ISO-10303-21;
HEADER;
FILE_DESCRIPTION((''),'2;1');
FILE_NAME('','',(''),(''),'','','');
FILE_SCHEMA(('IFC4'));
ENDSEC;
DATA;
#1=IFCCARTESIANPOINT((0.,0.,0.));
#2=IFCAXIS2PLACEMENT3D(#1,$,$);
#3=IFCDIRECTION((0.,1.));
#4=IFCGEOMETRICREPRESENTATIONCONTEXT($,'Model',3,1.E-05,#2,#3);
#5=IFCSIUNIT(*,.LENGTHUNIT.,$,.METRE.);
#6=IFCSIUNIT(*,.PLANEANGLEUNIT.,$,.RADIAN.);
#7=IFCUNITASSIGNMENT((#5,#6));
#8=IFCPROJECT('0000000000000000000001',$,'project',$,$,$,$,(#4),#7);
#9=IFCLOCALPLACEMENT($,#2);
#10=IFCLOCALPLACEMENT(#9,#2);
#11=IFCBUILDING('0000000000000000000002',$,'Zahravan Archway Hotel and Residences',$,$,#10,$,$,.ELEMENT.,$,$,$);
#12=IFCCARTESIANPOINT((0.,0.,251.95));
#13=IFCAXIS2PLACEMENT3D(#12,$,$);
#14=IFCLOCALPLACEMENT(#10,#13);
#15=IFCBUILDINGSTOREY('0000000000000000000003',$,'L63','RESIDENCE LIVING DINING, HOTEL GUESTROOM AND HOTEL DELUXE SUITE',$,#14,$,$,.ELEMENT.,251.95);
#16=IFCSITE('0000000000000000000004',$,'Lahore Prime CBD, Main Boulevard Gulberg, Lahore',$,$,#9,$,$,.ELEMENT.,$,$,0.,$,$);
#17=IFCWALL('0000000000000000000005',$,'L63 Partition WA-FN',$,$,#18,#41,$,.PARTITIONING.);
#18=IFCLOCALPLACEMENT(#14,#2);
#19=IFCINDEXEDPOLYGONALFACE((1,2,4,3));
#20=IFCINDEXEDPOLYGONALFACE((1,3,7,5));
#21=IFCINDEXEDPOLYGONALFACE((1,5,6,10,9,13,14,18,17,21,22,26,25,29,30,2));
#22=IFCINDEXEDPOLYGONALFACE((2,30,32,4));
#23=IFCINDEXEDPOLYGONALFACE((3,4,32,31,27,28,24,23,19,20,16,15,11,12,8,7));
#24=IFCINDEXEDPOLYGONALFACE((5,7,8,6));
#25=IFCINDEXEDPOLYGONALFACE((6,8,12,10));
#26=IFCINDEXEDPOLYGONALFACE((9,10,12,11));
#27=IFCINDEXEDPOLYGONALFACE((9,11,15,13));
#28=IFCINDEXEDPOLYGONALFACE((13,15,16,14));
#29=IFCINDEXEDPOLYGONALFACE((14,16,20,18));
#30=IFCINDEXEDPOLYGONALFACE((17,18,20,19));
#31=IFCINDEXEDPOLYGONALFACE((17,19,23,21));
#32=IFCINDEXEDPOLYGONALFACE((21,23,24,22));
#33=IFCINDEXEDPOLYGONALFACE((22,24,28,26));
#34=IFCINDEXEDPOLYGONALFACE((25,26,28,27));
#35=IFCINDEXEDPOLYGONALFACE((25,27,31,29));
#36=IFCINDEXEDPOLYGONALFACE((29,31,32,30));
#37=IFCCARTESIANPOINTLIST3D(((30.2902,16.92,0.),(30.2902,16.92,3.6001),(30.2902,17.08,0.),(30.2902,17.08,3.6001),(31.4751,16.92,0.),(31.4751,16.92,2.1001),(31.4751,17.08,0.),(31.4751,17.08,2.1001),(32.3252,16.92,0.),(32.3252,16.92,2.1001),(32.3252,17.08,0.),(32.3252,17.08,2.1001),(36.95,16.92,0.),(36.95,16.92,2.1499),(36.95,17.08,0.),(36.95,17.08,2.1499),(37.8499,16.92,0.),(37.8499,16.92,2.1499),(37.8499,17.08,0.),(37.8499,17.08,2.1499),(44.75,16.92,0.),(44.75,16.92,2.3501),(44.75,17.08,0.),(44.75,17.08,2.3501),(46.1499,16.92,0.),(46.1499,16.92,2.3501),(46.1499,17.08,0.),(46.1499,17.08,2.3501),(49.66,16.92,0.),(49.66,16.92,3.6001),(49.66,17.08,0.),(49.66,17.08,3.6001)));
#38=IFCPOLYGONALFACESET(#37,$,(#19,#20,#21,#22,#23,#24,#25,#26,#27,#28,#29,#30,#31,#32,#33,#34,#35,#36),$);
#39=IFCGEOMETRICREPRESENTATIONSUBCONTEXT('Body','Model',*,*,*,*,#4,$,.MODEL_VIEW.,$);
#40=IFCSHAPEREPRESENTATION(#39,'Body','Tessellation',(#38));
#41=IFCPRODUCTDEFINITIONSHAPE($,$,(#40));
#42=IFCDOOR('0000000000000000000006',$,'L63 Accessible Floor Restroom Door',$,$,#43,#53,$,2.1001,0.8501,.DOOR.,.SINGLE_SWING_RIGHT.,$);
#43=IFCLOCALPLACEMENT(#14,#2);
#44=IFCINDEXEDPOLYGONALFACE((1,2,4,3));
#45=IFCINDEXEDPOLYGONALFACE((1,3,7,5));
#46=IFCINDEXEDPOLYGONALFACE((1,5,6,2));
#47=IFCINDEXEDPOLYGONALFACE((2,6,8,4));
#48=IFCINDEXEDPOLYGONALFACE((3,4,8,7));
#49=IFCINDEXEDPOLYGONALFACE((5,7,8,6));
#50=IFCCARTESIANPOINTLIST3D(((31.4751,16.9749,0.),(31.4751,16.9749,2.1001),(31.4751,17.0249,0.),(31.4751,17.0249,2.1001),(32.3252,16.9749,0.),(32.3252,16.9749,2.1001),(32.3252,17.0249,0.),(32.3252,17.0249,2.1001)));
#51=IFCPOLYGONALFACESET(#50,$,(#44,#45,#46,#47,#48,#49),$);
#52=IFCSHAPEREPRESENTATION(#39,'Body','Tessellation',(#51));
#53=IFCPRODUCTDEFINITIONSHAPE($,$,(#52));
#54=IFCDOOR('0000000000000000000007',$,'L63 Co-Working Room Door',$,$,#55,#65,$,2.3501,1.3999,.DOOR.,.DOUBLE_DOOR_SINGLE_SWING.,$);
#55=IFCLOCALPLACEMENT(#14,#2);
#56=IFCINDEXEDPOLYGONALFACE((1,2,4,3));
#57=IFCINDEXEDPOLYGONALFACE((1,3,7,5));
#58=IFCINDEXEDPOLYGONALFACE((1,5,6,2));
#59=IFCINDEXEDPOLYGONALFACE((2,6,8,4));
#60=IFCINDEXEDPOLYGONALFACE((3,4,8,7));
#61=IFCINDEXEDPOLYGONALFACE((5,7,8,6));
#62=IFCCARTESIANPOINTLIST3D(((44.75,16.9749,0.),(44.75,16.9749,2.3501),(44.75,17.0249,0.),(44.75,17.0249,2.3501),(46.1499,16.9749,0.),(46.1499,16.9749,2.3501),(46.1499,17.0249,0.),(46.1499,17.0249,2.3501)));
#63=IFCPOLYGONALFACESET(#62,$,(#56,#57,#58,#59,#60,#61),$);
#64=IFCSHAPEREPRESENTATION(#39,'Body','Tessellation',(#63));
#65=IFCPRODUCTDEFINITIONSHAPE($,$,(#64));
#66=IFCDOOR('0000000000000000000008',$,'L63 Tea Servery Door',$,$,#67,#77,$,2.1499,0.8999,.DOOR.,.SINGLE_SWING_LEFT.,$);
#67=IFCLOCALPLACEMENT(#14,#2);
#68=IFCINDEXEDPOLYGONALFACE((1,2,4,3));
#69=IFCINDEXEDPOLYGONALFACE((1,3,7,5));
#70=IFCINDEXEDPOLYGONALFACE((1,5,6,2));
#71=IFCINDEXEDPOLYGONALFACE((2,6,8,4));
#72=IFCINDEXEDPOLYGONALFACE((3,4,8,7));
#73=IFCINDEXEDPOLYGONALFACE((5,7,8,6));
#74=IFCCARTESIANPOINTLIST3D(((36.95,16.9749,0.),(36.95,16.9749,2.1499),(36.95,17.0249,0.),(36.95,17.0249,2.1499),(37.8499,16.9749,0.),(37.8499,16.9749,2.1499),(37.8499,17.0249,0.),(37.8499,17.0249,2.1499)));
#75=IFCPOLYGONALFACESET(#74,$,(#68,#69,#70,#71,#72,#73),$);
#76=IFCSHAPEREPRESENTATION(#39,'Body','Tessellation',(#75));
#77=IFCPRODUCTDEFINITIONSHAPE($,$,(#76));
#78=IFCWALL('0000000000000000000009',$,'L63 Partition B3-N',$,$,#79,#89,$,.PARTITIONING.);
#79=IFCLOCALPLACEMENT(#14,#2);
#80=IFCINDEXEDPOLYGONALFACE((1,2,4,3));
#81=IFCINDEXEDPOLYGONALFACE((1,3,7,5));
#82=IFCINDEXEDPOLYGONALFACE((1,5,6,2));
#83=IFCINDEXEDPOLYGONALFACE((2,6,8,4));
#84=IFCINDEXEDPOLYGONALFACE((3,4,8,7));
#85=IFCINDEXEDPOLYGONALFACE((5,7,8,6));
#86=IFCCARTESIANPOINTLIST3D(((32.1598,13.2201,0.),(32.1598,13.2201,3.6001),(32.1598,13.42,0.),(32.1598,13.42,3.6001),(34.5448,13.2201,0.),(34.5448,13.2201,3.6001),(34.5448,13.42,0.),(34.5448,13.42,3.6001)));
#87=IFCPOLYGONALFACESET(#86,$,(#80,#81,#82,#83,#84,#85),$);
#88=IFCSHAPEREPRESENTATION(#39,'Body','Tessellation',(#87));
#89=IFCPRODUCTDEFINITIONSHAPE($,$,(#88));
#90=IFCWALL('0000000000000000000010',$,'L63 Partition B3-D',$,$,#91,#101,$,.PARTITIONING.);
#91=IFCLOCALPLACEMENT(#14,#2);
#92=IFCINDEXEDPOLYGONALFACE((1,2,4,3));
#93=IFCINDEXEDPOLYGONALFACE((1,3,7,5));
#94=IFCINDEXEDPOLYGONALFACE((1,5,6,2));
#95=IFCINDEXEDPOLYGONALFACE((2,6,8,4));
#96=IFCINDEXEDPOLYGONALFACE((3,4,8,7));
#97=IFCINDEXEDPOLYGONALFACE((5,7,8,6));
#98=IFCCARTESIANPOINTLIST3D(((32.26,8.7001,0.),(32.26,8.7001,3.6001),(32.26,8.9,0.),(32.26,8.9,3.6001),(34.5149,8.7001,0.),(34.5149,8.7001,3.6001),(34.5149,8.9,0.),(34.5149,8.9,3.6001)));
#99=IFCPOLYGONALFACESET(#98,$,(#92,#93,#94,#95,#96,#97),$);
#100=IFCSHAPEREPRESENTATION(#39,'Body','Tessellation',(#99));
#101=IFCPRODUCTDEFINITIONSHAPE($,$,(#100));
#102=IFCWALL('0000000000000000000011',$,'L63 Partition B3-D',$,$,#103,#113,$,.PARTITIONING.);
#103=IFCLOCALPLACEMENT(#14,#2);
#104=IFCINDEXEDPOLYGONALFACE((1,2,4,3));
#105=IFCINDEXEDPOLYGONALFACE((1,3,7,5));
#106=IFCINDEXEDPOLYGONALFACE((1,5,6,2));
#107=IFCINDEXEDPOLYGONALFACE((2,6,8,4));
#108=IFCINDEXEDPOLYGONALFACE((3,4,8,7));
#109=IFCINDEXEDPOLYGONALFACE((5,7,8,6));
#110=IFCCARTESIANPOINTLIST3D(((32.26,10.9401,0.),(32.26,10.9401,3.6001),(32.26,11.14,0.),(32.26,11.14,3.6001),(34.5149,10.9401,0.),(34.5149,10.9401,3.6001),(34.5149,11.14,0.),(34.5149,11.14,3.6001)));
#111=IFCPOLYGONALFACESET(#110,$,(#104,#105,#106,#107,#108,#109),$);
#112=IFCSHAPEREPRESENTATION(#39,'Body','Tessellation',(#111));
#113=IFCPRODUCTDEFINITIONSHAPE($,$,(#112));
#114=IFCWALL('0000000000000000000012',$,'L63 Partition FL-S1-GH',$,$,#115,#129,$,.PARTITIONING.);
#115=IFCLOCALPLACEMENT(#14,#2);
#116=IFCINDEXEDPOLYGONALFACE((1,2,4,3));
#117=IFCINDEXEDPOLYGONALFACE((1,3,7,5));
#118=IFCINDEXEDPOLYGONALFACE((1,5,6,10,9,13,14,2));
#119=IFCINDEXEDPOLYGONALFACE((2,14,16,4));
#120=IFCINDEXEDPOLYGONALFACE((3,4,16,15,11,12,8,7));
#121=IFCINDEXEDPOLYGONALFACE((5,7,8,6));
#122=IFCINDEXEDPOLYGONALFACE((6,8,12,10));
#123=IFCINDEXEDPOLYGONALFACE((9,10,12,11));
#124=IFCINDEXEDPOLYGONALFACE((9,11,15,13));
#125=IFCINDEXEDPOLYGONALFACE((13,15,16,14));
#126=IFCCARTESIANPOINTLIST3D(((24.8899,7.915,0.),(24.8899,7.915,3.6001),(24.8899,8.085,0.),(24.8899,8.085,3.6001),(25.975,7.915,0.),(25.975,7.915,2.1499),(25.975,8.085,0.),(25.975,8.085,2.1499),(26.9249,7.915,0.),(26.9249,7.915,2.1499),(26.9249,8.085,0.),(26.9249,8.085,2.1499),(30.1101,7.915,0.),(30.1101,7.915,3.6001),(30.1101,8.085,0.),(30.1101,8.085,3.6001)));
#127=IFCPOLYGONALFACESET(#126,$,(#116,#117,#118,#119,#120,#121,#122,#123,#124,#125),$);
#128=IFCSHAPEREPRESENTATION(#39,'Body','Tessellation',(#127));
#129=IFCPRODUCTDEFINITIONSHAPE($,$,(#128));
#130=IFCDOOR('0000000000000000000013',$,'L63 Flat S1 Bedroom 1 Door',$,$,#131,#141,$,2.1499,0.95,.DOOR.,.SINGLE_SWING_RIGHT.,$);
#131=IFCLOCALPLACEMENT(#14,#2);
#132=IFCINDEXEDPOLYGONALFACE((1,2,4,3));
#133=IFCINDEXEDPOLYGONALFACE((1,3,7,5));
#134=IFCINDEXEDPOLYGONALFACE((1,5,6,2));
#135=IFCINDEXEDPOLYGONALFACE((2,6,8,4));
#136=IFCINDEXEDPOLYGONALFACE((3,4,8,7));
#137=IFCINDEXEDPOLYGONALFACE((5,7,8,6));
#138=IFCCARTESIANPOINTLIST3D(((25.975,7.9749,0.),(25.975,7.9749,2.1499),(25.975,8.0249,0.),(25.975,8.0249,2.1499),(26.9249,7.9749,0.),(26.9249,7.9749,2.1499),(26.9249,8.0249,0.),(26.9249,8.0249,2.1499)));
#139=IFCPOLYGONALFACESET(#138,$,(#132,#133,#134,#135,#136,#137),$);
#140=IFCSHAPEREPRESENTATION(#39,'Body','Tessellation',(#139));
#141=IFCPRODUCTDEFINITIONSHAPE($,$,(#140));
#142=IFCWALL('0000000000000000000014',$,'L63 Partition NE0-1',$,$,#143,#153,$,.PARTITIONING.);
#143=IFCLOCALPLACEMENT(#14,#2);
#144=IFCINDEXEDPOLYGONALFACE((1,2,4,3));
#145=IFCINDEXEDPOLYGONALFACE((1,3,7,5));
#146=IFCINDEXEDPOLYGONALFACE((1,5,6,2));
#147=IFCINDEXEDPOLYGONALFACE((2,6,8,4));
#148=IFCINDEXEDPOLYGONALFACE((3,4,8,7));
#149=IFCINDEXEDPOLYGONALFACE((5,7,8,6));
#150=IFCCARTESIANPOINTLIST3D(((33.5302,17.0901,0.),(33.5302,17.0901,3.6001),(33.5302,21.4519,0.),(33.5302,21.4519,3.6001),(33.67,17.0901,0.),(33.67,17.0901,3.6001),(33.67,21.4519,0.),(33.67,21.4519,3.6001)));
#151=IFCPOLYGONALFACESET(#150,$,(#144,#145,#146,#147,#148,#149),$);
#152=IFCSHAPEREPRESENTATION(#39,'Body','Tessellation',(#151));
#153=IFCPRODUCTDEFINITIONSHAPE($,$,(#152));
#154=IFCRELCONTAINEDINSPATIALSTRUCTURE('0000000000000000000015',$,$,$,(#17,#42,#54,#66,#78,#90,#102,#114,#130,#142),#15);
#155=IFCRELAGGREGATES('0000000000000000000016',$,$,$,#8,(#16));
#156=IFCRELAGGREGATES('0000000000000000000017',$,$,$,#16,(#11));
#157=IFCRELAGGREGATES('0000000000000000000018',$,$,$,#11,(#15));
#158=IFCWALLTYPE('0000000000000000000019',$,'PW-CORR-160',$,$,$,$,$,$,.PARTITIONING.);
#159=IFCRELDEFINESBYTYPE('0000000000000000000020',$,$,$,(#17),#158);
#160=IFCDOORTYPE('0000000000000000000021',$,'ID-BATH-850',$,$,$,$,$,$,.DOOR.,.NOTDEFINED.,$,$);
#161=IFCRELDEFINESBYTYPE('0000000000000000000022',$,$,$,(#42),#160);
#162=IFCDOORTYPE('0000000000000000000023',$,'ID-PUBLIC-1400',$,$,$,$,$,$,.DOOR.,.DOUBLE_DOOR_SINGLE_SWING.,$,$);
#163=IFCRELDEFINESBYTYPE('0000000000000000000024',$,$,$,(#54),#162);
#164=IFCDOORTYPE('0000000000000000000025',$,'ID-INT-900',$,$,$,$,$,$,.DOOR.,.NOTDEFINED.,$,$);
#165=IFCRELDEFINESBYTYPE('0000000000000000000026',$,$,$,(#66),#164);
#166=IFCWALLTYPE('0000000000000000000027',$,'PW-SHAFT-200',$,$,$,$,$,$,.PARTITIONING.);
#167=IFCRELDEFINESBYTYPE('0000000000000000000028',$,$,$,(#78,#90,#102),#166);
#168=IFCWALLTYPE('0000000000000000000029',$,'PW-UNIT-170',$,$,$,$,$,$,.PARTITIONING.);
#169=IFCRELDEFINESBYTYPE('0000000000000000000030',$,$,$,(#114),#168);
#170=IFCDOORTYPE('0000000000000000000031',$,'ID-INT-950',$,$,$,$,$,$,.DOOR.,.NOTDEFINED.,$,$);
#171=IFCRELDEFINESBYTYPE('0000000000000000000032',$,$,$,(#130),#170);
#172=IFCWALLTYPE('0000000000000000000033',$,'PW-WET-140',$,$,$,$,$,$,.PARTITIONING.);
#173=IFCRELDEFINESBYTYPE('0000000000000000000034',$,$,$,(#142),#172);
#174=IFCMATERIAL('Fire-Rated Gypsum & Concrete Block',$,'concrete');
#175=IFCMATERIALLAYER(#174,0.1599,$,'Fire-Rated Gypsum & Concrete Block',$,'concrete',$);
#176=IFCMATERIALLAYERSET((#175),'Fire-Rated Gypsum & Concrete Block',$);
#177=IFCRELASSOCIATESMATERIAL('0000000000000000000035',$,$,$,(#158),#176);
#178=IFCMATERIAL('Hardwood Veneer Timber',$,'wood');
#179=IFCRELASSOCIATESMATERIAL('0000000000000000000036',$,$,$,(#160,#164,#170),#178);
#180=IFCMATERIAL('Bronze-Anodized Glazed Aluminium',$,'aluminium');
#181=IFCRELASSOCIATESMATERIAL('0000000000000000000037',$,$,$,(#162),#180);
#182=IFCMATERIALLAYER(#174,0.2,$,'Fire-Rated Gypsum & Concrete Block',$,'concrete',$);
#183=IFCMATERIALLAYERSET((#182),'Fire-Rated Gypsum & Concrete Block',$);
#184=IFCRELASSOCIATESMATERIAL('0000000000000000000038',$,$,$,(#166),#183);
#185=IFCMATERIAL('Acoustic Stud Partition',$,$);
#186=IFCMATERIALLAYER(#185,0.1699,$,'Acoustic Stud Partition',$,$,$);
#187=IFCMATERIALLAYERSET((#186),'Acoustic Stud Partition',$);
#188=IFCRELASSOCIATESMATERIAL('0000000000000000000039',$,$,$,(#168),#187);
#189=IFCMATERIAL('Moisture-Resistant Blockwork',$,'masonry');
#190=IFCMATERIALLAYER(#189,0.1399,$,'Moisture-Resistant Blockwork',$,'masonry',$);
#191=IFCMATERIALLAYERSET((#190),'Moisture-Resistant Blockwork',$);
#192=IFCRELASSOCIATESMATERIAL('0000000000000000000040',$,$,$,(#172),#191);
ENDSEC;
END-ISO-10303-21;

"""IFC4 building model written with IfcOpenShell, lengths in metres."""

from ifc_helpers import new_model, si_unit, direction, frame, frame_2d, origin, place, context, subcontext, project, spatial, rectangle, extrude, source, transform, mapped, material, layer, layer_set, type_object, type_shapes, element, fill, save


model = new_model("IFC4")

# Units and contexts
model_context = context("Model", 3, precision=1e-05, world=origin(), true_north=direction((0.0, 1.0)))
body_context = subcontext(model_context, "Body", "Model", "MODEL_VIEW")
ifc_project = project(units=[si_unit("LENGTHUNIT", "METRE"), si_unit("PLANEANGLEUNIT", "RADIAN")], contexts=[model_context])

# Site, building, storey
site_placement = place(None, origin())
site = spatial("IfcSite", under=ifc_project, at=site_placement, Name="Lahore Prime CBD, Main Boulevard Gulberg, Lahore", CompositionType="ELEMENT", RefElevation=0.0)
building_placement = place(site_placement, origin())
building = spatial("IfcBuilding", under=site, at=building_placement, Name="Zahravan Archway Hotel and Residences", CompositionType="ELEMENT")
storey_placement = place(building_placement, frame((0.0, 0.0, 251.95)))
storey = spatial("IfcBuildingStorey", under=building, at=storey_placement, Name="L63", Description="RESIDENCE LIVING DINING, HOTEL GUESTROOM AND HOTEL DELUXE SUITE", CompositionType="ELEMENT", Elevation=251.95)

# Shared definitions
ifc_material_1 = material(Name="Fire-Rated Gypsum & Concrete Block", Category="concrete")
ifc_layer_1 = layer(ifc_material_1, 0.1599, Name="Fire-Rated Gypsum & Concrete Block", Category="concrete")
ifc_layer_set_1 = layer_set([ifc_layer_1], Name="Fire-Rated Gypsum & Concrete Block")
wall_type_1 = type_object("IfcWallType", Name="PW-CORR-160", PredefinedType="PARTITIONING", material=ifc_layer_set_1)

# Wall, openings, doors
wall_1_placement = place(storey_placement, frame((30.29, 17.0, 0.0), z_axis=(0.0, 0.0, 1.0), x_axis=(1.0, 0.0, 0.0)))
wall_1 = element("IfcWall", 1, at=wall_1_placement, inside=storey, type_object=wall_type_1, Name="L63 Partition WA-FN", PredefinedType="PARTITIONING", context=body_context, shape_type="SweptSolid", body=[
    extrude(rectangle(XDim=19.3699, YDim=0.1599, at=frame_2d((9.6851, 0.0))), origin(), (0.0, 0.0, 1.0), 3.6001),
])
opening_1_placement = place(wall_1_placement, frame((1.1851, 0.0, 0.0)))
opening_1 = element("IfcOpeningElement", 2, at=opening_1_placement, cuts=wall_1, PredefinedType="OPENING", context=body_context, shape_type="SweptSolid", body=[
    extrude(rectangle(XDim=0.8501, YDim=2.1001, at=frame_2d((0.425, 1.05))), frame((0.0, 0.0898, 0.0), z_axis=(0.0, -1.0, 0.0), x_axis=(1.0, 0.0, 0.0)), (0.0, 0.0, 1.0), 0.1799),
])
opening_2_placement = place(wall_1_placement, frame((6.6599, 0.0, 0.0)))
opening_2 = element("IfcOpeningElement", 3, at=opening_2_placement, cuts=wall_1, PredefinedType="OPENING", context=body_context, shape_type="SweptSolid", body=[
    extrude(rectangle(XDim=0.8999, YDim=2.1499, at=frame_2d((0.45, 1.075))), frame((0.0, 0.0898, 0.0), z_axis=(0.0, -1.0, 0.0), x_axis=(1.0, 0.0, 0.0)), (0.0, 0.0, 1.0), 0.1799),
])
opening_3_placement = place(wall_1_placement, frame((14.46, 0.0, 0.0)))
opening_3 = element("IfcOpeningElement", 4, at=opening_3_placement, cuts=wall_1, PredefinedType="OPENING", context=body_context, shape_type="SweptSolid", body=[
    extrude(rectangle(XDim=1.3999, YDim=2.3501, at=frame_2d((0.7, 1.175))), frame((0.0, 0.0898, 0.0), z_axis=(0.0, -1.0, 0.0), x_axis=(1.0, 0.0, 0.0)), (0.0, 0.0, 1.0), 0.1799),
])
ifc_material_2 = material(Name="Hardwood Veneer Timber", Category="wood")
door_type_1 = type_object("IfcDoorType", Name="ID-BATH-850", OperationType="NOTDEFINED", PredefinedType="DOOR", material=ifc_material_2)
shared_shape_1 = source(origin(), body_context, "Body", "SweptSolid", [
    extrude(rectangle(XDim=0.8501, YDim=2.1001, at=frame_2d((0.425, 1.05))), frame((0.0, 0.0249, 0.0), z_axis=(0.0, -1.0, 0.0), x_axis=(1.0, 0.0, 0.0)), (0.0, 0.0, 1.0), 0.05),
])
type_shapes(door_type_1, [shared_shape_1])
door_1_placement = place(opening_1_placement, origin())
door_1 = element("IfcDoor", 5, at=door_1_placement, inside=storey, type_object=door_type_1, Name="L63 Accessible Floor Restroom Door", OperationType="SINGLE_SWING_RIGHT", OverallHeight=2.1001, OverallWidth=0.8501, PredefinedType="DOOR", context=body_context, shape_type="MappedRepresentation", body=[
    mapped(shared_shape_1, transform((0.0, 0.0, 0.0), scale=1.0)),
])
fill(opening_1, door_1)
ifc_material_3 = material(Name="Bronze-Anodized Glazed Aluminium", Category="aluminium")
door_type_2 = type_object("IfcDoorType", Name="ID-PUBLIC-1400", OperationType="DOUBLE_DOOR_SINGLE_SWING", PredefinedType="DOOR", material=ifc_material_3)
shared_shape_2 = source(origin(), body_context, "Body", "SweptSolid", [
    extrude(rectangle(XDim=1.3999, YDim=2.3501, at=frame_2d((0.7, 1.175))), frame((0.0, 0.0249, 0.0), z_axis=(0.0, -1.0, 0.0), x_axis=(1.0, 0.0, 0.0)), (0.0, 0.0, 1.0), 0.05),
])
type_shapes(door_type_2, [shared_shape_2])
door_2_placement = place(opening_3_placement, origin())
door_2 = element("IfcDoor", 6, at=door_2_placement, inside=storey, type_object=door_type_2, Name="L63 Co-Working Room Door", OperationType="DOUBLE_DOOR_SINGLE_SWING", OverallHeight=2.3501, OverallWidth=1.3999, PredefinedType="DOOR", context=body_context, shape_type="MappedRepresentation", body=[
    mapped(shared_shape_2, transform((0.0, 0.0, 0.0), scale=1.0)),
])
fill(opening_3, door_2)
door_type_3 = type_object("IfcDoorType", Name="ID-INT-900", OperationType="NOTDEFINED", PredefinedType="DOOR", material=ifc_material_2)
shared_shape_3 = source(origin(), body_context, "Body", "SweptSolid", [
    extrude(rectangle(XDim=0.8999, YDim=2.1499, at=frame_2d((0.45, 1.075))), frame((0.0, 0.0249, 0.0), z_axis=(0.0, -1.0, 0.0), x_axis=(1.0, 0.0, 0.0)), (0.0, 0.0, 1.0), 0.05),
])
type_shapes(door_type_3, [shared_shape_3])
door_3_placement = place(opening_2_placement, origin())
door_3 = element("IfcDoor", 7, at=door_3_placement, inside=storey, type_object=door_type_3, Name="L63 Tea Servery Door", OperationType="SINGLE_SWING_LEFT", OverallHeight=2.1499, OverallWidth=0.8999, PredefinedType="DOOR", context=body_context, shape_type="MappedRepresentation", body=[
    mapped(shared_shape_3, transform((0.0, 0.0, 0.0), scale=1.0)),
])
fill(opening_2, door_3)

# Walls
ifc_layer_2 = layer(ifc_material_1, 0.2, Name="Fire-Rated Gypsum & Concrete Block", Category="concrete")
ifc_layer_set_2 = layer_set([ifc_layer_2], Name="Fire-Rated Gypsum & Concrete Block")
wall_type_2 = type_object("IfcWallType", Name="PW-SHAFT-200", PredefinedType="PARTITIONING", material=ifc_layer_set_2)
wall_2_placement = place(storey_placement, frame((32.1599, 13.3201, 0.0), z_axis=(0.0, 0.0, 1.0), x_axis=(1.0, 0.0, 0.0)))
element("IfcWall", 8, at=wall_2_placement, inside=storey, type_object=wall_type_2, Name="L63 Partition B3-N", PredefinedType="PARTITIONING", context=body_context, shape_type="SweptSolid", body=[
    extrude(rectangle(XDim=2.385, YDim=0.2, at=frame_2d((1.1924, 0.0))), origin(), (0.0, 0.0, 1.0), 3.6001),
])
for number, where, z_axis, x_axis, name in (
    (9, (32.26, 8.8, 0.0), (0.0, 0.0, 1.0), (1.0, 0.0, 0.0), "L63 Partition B3-D"),
    (10, (32.26, 11.04, 0.0), (0.0, 0.0, 1.0), (1.0, 0.0, 0.0), "L63 Partition B3-D"),
):
    element("IfcWall", number, at=place(storey_placement, frame(where, z_axis=z_axis, x_axis=x_axis)), inside=storey, type_object=wall_type_2, Name=name, PredefinedType="PARTITIONING", context=body_context, shape_type="SweptSolid", body=[
        extrude(rectangle(XDim=2.2549, YDim=0.2, at=frame_2d((1.1274, 0.0))), origin(), (0.0, 0.0, 1.0), 3.6001),
    ])

# Wall, opening, door
ifc_material_4 = material(Name="Acoustic Stud Partition")
ifc_layer_3 = layer(ifc_material_4, 0.1699, Name="Acoustic Stud Partition")
ifc_layer_set_3 = layer_set([ifc_layer_3], Name="Acoustic Stud Partition")
wall_type_3 = type_object("IfcWallType", Name="PW-UNIT-170", PredefinedType="PARTITIONING", material=ifc_layer_set_3)
wall_3_placement = place(storey_placement, frame((24.8899, 8.0, 0.0), z_axis=(0.0, 0.0, 1.0), x_axis=(1.0, 0.0, 0.0)))
wall_3 = element("IfcWall", 11, at=wall_3_placement, inside=storey, type_object=wall_type_3, Name="L63 Partition FL-S1-GH", PredefinedType="PARTITIONING", context=body_context, shape_type="SweptSolid", body=[
    extrude(rectangle(XDim=5.2202, YDim=0.1699, at=frame_2d((2.6101, 0.0))), origin(), (0.0, 0.0, 1.0), 3.6001),
])
opening_4_placement = place(wall_3_placement, frame((1.085, 0.0, 0.0)))
opening_4 = element("IfcOpeningElement", 12, at=opening_4_placement, cuts=wall_3, PredefinedType="OPENING", context=body_context, shape_type="SweptSolid", body=[
    extrude(rectangle(XDim=0.95, YDim=2.1499, at=frame_2d((0.4751, 1.075))), frame((0.0, 0.095, 0.0), z_axis=(0.0, -1.0, 0.0), x_axis=(1.0, 0.0, 0.0)), (0.0, 0.0, 1.0), 0.1899),
])
door_type_4 = type_object("IfcDoorType", Name="ID-INT-950", OperationType="NOTDEFINED", PredefinedType="DOOR", material=ifc_material_2)
shared_shape_4 = source(origin(), body_context, "Body", "SweptSolid", [
    extrude(rectangle(XDim=0.95, YDim=2.1499, at=frame_2d((0.4751, 1.075))), frame((0.0, 0.0249, 0.0), z_axis=(0.0, -1.0, 0.0), x_axis=(1.0, 0.0, 0.0)), (0.0, 0.0, 1.0), 0.05),
])
type_shapes(door_type_4, [shared_shape_4])
door_4_placement = place(opening_4_placement, origin())
door_4 = element("IfcDoor", 13, at=door_4_placement, inside=storey, type_object=door_type_4, Name="L63 Flat S1 Bedroom 1 Door", OperationType="SINGLE_SWING_RIGHT", OverallHeight=2.1499, OverallWidth=0.95, PredefinedType="DOOR", context=body_context, shape_type="MappedRepresentation", body=[
    mapped(shared_shape_4, transform((0.0, 0.0, 0.0), scale=1.0)),
])
fill(opening_4, door_4)

# Wall
ifc_material_5 = material(Name="Moisture-Resistant Blockwork", Category="masonry")
ifc_layer_4 = layer(ifc_material_5, 0.1399, Name="Moisture-Resistant Blockwork", Category="masonry")
ifc_layer_set_4 = layer_set([ifc_layer_4], Name="Moisture-Resistant Blockwork")
wall_type_4 = type_object("IfcWallType", Name="PW-WET-140", PredefinedType="PARTITIONING", material=ifc_layer_set_4)
wall_4_placement = place(storey_placement, frame((33.6001, 17.0901, 0.0), z_axis=(0.0, 0.0, 1.0), x_axis=(0.0, 1.0, 0.0)))
element("IfcWall", 14, at=wall_4_placement, inside=storey, type_object=wall_type_4, Name="L63 Partition NE0-1", PredefinedType="PARTITIONING", context=body_context, shape_type="SweptSolid", body=[
    extrude(rectangle(XDim=4.3618, YDim=0.1399, at=frame_2d((2.1809, 0.0))), origin(), (0.0, 0.0, 1.0), 3.6001),
])

save(model, "model.ifc")
